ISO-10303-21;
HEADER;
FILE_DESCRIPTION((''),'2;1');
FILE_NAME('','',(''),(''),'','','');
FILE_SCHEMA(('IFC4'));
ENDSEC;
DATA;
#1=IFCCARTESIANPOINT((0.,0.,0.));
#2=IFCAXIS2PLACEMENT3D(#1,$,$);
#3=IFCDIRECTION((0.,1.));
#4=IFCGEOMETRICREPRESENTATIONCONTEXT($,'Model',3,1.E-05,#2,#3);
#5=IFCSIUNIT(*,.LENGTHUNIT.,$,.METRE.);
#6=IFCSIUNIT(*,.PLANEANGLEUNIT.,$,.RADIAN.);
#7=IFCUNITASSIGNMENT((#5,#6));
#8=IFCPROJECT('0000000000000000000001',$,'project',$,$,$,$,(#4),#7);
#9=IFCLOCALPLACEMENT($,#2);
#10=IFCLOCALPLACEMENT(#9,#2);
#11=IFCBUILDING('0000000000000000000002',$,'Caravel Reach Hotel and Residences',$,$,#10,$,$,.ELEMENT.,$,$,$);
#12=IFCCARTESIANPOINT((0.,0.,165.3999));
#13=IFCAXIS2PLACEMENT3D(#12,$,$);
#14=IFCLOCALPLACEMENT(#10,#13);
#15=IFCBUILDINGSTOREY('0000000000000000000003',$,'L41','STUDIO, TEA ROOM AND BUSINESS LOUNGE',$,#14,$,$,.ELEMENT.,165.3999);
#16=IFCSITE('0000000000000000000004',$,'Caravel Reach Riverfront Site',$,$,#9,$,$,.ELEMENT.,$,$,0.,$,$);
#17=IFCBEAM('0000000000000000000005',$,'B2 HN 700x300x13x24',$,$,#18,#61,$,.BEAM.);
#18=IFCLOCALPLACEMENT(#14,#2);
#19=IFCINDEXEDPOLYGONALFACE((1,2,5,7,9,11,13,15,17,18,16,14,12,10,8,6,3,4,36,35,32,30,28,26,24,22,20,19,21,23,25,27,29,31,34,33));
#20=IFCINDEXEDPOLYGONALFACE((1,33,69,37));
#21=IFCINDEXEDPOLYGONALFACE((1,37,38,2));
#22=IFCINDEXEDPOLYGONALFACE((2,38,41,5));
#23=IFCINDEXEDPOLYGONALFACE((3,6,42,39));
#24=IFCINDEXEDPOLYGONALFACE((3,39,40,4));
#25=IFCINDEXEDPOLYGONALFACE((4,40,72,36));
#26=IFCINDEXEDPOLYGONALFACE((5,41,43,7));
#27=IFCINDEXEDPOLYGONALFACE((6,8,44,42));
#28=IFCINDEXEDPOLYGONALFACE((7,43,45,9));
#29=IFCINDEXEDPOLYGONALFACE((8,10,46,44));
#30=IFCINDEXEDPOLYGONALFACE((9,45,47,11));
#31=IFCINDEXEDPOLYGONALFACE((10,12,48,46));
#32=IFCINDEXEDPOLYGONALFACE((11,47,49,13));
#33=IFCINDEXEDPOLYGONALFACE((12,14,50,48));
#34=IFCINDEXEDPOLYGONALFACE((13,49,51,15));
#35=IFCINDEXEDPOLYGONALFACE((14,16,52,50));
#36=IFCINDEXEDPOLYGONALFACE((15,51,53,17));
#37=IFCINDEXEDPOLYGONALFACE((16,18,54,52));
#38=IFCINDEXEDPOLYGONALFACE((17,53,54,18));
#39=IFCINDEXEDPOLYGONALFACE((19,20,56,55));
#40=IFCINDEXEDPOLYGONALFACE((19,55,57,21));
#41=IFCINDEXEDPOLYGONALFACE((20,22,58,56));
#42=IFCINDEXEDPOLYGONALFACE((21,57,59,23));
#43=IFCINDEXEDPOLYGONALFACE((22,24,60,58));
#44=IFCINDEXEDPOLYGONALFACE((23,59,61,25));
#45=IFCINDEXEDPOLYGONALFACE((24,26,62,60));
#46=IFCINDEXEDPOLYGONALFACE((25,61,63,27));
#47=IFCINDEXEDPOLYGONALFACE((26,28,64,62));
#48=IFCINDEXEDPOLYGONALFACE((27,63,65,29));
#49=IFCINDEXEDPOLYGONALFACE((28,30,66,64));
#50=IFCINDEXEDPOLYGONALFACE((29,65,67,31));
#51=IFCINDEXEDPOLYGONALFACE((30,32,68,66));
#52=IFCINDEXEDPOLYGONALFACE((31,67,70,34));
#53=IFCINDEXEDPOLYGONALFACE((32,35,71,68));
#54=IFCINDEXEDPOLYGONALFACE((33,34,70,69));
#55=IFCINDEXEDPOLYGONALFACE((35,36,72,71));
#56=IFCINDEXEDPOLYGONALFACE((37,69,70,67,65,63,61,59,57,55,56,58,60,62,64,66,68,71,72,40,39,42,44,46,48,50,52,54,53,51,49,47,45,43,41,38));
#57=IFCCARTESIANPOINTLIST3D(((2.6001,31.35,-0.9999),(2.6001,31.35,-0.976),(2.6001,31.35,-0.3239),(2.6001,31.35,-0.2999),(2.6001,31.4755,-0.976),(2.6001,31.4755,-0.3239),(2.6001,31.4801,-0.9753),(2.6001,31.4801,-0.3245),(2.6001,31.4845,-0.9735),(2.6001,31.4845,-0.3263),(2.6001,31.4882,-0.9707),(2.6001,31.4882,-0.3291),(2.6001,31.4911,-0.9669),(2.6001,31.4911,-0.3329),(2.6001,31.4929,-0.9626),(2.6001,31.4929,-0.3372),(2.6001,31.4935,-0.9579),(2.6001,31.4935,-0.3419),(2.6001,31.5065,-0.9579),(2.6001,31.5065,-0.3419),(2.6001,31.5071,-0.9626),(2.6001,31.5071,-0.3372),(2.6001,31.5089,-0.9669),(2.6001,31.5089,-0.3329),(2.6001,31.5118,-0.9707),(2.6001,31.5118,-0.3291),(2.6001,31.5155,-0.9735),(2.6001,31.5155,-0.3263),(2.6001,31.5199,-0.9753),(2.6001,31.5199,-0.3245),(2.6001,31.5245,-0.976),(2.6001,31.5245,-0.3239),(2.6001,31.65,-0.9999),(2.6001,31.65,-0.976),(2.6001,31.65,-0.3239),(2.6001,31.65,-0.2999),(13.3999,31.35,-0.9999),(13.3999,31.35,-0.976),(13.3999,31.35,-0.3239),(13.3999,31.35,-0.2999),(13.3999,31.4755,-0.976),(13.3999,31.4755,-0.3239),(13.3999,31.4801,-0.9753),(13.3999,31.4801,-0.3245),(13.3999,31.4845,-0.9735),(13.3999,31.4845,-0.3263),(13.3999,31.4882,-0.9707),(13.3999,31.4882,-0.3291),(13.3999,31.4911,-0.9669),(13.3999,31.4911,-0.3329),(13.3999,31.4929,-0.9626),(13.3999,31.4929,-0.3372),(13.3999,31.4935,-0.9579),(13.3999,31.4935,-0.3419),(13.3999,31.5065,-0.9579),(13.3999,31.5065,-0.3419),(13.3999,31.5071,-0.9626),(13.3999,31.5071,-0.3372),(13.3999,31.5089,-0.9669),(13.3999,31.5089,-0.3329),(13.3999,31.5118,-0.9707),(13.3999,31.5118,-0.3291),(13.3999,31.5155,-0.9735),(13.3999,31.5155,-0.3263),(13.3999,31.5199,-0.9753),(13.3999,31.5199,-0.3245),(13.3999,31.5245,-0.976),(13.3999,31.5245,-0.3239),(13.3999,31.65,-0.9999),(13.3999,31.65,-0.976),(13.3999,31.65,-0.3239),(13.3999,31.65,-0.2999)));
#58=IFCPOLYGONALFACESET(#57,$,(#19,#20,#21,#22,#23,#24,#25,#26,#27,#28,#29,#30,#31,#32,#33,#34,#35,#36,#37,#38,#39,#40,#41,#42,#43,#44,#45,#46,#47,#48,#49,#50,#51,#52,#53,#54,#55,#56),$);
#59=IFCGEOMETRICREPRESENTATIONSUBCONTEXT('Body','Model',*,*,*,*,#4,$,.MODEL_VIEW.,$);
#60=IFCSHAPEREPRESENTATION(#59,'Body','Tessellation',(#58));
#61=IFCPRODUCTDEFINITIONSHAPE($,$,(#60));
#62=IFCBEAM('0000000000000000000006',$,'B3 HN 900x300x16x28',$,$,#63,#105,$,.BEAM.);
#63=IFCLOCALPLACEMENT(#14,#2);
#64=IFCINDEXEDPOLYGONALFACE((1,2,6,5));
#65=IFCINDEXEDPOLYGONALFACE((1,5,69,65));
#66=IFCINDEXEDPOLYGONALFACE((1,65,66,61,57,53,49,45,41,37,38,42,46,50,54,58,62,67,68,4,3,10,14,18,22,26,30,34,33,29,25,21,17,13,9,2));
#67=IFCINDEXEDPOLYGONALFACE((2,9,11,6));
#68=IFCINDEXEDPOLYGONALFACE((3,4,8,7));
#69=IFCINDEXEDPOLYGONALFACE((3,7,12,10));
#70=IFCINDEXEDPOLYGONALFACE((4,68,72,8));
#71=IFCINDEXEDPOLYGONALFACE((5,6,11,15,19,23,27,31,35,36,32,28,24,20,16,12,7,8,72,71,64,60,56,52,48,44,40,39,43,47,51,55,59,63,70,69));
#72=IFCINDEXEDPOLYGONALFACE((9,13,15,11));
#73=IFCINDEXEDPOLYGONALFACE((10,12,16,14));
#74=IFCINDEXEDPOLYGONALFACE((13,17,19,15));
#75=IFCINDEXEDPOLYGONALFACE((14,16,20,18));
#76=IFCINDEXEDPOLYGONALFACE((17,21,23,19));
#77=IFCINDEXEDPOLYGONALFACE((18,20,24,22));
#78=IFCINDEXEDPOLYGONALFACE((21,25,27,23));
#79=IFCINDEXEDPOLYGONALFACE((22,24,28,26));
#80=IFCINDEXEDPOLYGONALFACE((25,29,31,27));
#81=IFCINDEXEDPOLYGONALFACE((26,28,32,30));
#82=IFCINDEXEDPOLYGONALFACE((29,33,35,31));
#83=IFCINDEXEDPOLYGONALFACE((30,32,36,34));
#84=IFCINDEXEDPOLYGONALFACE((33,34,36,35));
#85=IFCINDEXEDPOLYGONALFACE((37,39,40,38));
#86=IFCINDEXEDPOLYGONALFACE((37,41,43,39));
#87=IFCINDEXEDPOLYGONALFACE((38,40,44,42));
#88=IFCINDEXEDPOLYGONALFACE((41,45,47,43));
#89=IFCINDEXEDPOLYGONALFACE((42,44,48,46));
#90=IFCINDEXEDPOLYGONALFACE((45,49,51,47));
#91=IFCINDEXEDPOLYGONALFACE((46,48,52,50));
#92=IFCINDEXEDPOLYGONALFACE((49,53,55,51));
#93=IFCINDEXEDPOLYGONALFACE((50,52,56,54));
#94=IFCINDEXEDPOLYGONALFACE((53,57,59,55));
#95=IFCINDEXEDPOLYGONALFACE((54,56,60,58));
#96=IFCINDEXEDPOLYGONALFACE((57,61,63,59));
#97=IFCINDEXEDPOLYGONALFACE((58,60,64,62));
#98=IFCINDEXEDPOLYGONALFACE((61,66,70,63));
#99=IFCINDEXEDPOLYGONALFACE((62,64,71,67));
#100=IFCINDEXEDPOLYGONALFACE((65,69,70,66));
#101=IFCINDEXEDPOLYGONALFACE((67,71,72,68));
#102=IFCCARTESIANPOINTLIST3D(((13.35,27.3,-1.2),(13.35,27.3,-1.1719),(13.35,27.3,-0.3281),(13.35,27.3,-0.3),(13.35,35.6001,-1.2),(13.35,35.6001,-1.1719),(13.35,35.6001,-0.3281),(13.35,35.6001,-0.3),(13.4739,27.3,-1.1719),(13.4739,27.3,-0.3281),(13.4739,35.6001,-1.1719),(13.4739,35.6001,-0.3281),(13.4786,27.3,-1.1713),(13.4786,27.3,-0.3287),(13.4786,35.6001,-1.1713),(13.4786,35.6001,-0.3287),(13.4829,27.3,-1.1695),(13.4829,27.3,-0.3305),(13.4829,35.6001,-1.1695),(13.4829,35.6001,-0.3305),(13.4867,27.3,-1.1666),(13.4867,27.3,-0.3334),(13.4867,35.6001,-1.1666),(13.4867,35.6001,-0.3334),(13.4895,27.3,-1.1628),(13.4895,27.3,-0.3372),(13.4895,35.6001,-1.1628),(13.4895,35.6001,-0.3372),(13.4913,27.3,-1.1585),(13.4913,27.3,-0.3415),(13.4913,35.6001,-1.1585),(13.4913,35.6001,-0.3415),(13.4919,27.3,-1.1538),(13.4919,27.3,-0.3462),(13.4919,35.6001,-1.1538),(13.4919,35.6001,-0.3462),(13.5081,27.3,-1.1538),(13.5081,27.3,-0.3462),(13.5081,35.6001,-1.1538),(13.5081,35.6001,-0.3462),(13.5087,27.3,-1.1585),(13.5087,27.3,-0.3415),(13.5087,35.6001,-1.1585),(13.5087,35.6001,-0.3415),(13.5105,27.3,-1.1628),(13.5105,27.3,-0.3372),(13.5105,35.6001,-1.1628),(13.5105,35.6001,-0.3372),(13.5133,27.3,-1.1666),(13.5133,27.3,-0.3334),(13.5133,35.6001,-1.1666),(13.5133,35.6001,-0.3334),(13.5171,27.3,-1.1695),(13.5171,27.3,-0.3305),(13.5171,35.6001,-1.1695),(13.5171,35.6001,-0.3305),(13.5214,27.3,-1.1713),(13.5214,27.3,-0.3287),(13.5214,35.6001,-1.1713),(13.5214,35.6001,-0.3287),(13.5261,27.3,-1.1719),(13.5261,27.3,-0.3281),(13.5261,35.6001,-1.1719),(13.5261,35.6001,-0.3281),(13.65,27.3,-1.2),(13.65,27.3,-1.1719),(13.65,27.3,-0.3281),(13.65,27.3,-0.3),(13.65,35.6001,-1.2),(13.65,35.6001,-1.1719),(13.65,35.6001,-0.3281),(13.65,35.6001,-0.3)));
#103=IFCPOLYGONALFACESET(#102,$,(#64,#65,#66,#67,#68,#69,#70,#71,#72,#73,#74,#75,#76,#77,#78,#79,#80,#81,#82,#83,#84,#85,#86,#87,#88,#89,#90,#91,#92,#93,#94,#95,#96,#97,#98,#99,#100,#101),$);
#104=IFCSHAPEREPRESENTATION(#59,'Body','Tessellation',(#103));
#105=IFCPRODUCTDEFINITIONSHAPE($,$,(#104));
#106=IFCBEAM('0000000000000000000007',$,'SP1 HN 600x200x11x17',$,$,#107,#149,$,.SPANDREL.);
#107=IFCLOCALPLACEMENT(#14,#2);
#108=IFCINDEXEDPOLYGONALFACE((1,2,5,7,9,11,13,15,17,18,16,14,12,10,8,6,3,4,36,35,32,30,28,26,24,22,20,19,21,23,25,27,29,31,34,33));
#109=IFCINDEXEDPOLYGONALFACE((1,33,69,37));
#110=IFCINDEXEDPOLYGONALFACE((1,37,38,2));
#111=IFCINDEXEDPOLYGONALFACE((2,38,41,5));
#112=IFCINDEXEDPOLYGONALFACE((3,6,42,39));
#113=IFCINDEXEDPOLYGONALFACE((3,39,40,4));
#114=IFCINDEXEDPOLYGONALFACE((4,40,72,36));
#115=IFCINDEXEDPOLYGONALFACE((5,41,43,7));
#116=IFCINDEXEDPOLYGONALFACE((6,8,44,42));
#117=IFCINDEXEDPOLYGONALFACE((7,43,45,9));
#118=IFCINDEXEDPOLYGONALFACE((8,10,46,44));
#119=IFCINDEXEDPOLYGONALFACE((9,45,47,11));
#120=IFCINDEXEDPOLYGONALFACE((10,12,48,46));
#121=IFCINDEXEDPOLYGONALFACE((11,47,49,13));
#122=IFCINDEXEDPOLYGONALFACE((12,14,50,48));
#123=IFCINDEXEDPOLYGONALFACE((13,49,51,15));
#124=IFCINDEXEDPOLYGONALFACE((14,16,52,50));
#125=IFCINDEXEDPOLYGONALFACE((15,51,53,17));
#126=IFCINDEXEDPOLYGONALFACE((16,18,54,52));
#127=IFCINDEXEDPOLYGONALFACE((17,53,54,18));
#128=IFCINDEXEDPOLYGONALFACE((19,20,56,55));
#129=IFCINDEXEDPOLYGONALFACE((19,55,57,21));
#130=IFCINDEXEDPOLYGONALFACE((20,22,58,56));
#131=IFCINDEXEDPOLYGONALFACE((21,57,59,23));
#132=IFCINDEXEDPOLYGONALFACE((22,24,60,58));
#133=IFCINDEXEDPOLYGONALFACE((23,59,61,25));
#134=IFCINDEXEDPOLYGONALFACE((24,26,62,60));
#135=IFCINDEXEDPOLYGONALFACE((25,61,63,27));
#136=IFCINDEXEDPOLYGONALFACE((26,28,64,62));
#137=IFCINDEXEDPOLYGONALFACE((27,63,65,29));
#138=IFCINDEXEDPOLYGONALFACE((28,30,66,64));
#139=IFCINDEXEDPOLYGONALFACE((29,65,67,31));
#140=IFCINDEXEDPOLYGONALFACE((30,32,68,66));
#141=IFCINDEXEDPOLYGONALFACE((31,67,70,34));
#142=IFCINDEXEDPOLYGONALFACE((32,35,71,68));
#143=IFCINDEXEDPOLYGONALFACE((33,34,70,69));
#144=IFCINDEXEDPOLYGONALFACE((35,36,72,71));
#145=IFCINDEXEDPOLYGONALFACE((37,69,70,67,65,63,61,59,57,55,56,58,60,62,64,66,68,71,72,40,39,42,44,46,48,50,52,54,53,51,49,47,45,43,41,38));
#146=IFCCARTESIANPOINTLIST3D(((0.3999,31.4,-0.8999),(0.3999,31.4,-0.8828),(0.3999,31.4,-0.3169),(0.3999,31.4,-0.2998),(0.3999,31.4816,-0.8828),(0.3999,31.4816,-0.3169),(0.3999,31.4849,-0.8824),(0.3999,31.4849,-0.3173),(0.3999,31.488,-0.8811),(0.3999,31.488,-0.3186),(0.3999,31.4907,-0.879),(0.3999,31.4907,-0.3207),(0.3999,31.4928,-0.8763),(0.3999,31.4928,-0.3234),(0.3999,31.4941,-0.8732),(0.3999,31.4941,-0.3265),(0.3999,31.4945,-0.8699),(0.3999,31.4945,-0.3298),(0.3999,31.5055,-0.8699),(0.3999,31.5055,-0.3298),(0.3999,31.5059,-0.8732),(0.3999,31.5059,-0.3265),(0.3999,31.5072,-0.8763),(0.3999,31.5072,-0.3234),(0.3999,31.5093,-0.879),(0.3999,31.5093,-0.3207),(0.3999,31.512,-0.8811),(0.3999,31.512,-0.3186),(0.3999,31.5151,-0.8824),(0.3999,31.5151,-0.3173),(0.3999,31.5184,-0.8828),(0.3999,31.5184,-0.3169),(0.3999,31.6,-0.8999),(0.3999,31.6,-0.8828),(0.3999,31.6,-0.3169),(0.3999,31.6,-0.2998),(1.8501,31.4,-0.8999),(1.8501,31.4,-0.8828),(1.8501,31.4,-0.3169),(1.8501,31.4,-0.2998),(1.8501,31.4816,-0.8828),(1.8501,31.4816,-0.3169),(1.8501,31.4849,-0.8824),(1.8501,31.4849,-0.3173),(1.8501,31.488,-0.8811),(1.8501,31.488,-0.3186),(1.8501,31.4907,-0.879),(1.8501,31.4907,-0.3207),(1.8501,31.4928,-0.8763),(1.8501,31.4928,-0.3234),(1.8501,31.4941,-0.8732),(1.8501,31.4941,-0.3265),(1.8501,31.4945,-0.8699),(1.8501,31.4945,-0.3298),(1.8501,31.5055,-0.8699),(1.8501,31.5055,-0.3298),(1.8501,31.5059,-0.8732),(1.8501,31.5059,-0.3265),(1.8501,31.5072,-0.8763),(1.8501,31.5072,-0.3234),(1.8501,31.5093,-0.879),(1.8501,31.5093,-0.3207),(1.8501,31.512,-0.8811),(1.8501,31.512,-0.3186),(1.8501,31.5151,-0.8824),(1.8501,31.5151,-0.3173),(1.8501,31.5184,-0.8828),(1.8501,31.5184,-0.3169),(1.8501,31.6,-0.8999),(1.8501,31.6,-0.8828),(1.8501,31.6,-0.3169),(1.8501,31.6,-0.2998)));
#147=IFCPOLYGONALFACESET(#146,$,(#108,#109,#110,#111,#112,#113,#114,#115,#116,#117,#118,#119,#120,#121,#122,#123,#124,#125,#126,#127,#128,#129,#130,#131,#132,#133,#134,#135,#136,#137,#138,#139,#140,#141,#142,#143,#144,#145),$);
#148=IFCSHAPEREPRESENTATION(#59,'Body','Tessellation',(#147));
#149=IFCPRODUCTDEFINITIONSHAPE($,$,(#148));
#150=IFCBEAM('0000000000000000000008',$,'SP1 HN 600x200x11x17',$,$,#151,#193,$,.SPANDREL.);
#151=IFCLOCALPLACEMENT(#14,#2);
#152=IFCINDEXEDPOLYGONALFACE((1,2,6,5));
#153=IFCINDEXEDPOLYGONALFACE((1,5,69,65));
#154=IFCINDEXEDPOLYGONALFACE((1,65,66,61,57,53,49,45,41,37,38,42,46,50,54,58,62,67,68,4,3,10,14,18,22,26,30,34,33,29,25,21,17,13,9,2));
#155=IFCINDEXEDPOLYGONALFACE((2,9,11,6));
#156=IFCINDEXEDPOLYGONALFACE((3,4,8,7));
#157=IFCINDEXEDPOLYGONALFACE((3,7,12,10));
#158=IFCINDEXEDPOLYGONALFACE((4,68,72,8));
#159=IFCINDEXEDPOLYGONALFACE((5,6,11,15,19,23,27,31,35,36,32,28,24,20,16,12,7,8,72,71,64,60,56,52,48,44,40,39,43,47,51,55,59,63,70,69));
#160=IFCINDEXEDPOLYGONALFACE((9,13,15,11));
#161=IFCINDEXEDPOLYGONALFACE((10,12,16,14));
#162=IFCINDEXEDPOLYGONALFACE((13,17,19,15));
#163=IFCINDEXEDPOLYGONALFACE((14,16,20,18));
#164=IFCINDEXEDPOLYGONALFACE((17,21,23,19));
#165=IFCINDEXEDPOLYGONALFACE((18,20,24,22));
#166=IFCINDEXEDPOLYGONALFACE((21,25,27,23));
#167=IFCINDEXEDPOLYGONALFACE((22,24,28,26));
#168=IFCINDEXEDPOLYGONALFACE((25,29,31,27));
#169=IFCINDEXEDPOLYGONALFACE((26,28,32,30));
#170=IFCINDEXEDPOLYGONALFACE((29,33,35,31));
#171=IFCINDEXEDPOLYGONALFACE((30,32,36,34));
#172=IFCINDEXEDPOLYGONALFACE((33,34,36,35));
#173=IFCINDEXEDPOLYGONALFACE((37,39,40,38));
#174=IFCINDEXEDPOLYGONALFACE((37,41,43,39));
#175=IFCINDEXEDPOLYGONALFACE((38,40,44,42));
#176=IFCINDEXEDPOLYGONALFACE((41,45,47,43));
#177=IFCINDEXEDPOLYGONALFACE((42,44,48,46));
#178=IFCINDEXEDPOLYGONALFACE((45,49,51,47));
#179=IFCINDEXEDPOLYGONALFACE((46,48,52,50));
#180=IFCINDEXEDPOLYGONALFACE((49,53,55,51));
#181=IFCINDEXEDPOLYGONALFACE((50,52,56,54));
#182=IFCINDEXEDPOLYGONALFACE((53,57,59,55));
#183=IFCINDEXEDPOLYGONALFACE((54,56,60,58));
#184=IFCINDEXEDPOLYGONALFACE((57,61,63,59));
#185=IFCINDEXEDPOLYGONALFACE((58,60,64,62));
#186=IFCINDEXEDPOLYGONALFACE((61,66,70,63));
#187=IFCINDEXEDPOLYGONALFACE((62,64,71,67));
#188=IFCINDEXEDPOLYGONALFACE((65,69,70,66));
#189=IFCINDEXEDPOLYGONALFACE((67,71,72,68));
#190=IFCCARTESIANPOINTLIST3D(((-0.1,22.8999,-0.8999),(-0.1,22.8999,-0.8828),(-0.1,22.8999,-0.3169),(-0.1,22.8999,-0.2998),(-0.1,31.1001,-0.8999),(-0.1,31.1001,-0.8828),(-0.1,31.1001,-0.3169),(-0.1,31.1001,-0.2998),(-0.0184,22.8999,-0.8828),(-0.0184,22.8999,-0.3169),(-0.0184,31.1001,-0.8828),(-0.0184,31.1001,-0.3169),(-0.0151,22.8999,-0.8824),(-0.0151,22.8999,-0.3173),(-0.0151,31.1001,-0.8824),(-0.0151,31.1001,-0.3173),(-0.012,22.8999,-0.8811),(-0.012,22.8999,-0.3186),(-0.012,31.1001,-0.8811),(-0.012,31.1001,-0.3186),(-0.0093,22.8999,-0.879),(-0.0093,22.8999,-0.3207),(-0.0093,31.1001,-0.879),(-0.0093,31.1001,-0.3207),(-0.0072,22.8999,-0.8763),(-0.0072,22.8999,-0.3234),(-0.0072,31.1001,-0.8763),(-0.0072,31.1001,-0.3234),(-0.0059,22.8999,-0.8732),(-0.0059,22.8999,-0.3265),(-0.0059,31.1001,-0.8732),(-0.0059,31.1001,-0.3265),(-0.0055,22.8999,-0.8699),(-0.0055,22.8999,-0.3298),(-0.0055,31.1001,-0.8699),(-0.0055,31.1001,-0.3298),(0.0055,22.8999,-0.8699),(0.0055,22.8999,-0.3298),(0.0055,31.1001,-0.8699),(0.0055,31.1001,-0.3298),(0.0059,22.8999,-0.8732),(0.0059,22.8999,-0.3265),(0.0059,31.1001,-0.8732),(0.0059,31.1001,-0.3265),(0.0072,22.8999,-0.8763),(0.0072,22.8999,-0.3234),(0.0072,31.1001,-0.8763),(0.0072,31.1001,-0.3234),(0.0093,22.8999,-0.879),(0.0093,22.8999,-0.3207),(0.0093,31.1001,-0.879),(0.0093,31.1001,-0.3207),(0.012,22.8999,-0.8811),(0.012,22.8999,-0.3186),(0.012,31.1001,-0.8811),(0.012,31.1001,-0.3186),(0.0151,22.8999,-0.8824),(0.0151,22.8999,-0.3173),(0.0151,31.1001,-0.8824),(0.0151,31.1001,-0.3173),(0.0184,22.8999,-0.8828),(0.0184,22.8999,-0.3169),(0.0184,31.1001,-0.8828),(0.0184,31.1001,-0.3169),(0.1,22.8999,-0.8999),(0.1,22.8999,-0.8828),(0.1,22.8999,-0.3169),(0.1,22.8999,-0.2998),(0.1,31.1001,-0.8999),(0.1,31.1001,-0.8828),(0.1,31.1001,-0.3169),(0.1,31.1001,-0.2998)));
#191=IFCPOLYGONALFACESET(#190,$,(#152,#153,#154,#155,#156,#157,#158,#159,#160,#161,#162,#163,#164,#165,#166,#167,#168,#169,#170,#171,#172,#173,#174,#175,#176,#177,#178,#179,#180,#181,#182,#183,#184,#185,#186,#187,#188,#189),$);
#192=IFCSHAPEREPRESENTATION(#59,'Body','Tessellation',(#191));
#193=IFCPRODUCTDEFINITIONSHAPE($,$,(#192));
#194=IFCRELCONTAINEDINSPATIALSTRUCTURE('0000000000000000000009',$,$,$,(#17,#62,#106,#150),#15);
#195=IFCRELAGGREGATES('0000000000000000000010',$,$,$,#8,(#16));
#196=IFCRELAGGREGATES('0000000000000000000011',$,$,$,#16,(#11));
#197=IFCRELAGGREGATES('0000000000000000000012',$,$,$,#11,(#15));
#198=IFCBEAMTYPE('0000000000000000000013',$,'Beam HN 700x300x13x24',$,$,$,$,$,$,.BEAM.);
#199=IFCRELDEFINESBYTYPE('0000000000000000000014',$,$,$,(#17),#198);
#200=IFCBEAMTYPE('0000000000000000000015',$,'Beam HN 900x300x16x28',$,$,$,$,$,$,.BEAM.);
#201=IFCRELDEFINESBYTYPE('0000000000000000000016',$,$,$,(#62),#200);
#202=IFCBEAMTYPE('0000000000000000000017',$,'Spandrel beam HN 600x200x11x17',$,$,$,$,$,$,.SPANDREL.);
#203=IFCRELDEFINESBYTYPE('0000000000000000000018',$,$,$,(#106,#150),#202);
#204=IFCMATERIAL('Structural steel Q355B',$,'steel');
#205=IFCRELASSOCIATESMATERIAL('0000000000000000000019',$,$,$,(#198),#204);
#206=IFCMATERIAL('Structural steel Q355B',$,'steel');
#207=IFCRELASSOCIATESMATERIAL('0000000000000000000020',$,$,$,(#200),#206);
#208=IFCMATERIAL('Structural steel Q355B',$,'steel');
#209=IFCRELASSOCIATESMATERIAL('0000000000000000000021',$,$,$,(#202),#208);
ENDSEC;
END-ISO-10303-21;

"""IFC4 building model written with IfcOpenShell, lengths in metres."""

from ifc_helpers import new_model, si_unit, direction, frame, origin, origin_2d, place, context, subcontext, project, spatial, i_section, extrude, material, material_profile, profile_set, type_object, element, save


model = new_model("IFC4")

# Units and contexts
model_context = context("Model", 3, precision=1e-05, world=origin(), true_north=direction((0.0, 1.0)))
body_context = subcontext(model_context, "Body", "Model", "MODEL_VIEW")
ifc_project = project(units=[si_unit("LENGTHUNIT", "METRE"), si_unit("PLANEANGLEUNIT", "RADIAN")], contexts=[model_context])

# Site, building, storey
site_placement = place(None, origin())
site = spatial("IfcSite", under=ifc_project, at=site_placement, Name="Caravel Reach Riverfront Site", CompositionType="ELEMENT", RefElevation=0.0)
building_placement = place(site_placement, origin())
building = spatial("IfcBuilding", under=site, at=building_placement, Name="Caravel Reach Hotel and Residences", CompositionType="ELEMENT")
storey_placement = place(building_placement, frame((0.0, 0.0, 165.3999)))
storey = spatial("IfcBuildingStorey", under=building, at=storey_placement, Name="L41", Description="STUDIO, TEA ROOM AND BUSINESS LOUNGE", CompositionType="ELEMENT", Elevation=165.3999)

# Beams
ifc_material_1 = material(Name="Structural steel Q355B", Category="steel")
ifc_material_profile_1 = material_profile(ifc_material_1, i_section(OverallWidth=0.3, OverallDepth=0.7, WebThickness=0.0129, FlangeThickness=0.0239, FilletRadius=0.0181, at=origin_2d()), Name="HN 700x300x13x24")
ifc_profile_set_1 = profile_set([ifc_material_profile_1], Name="Structural steel Q355B")
beam_type_1 = type_object("IfcBeamType", Name="Beam HN 700x300x13x24", PredefinedType="BEAM", material=ifc_profile_set_1)
beam_1_placement = place(storey_placement, frame((13.3999, 31.5, -0.6499), z_axis=(-1.0, 0.0, 0.0), x_axis=(0.0, -1.0, 0.0)))
element("IfcBeam", 1, at=beam_1_placement, inside=storey, type_object=beam_type_1, Name="B2 HN 700x300x13x24", PredefinedType="BEAM", context=body_context, shape_type="SweptSolid", body=[
    extrude(i_section(OverallWidth=0.3, OverallDepth=0.7, WebThickness=0.0129, FlangeThickness=0.0239, FilletRadius=0.0181, at=origin_2d()), origin(), (0.0, 0.0, 1.0), 10.7998),
])
ifc_material_2 = material(Name="Structural steel Q355B", Category="steel")
ifc_material_profile_2 = material_profile(ifc_material_2, i_section(OverallWidth=0.3, OverallDepth=0.8999, WebThickness=0.0161, FlangeThickness=0.0281, FilletRadius=0.0181, at=origin_2d()), Name="HN 900x300x16x28")
ifc_profile_set_2 = profile_set([ifc_material_profile_2], Name="Structural steel Q355B")
beam_type_2 = type_object("IfcBeamType", Name="Beam HN 900x300x16x28", PredefinedType="BEAM", material=ifc_profile_set_2)
beam_2_placement = place(storey_placement, frame((13.5, 27.3, -0.75), z_axis=(0.0, 1.0, 0.0), x_axis=(-1.0, 0.0, 0.0)))
element("IfcBeam", 2, at=beam_2_placement, inside=storey, type_object=beam_type_2, Name="B3 HN 900x300x16x28", PredefinedType="BEAM", context=body_context, shape_type="SweptSolid", body=[
    extrude(i_section(OverallWidth=0.3, OverallDepth=0.8999, WebThickness=0.0161, FlangeThickness=0.0281, FilletRadius=0.0181, at=origin_2d()), origin(), (0.0, 0.0, 1.0), 8.3),
])
ifc_material_3 = material(Name="Structural steel Q355B", Category="steel")
ifc_material_profile_3 = material_profile(ifc_material_3, i_section(OverallWidth=0.2, OverallDepth=0.6001, WebThickness=0.011, FlangeThickness=0.0171, FilletRadius=0.0129, at=origin_2d()), Name="HN 600x200x11x17")
ifc_profile_set_3 = profile_set([ifc_material_profile_3], Name="Structural steel Q355B")
beam_type_3 = type_object("IfcBeamType", Name="Spandrel beam HN 600x200x11x17", PredefinedType="SPANDREL", material=ifc_profile_set_3)
beam_3_placement = place(storey_placement, frame((1.8501, 31.5, -0.5999), z_axis=(-1.0, 0.0, 0.0), x_axis=(0.0, -1.0, 0.0)))
element("IfcBeam", 3, at=beam_3_placement, inside=storey, type_object=beam_type_3, Name="SP1 HN 600x200x11x17", PredefinedType="SPANDREL", context=body_context, shape_type="SweptSolid", body=[
    extrude(i_section(OverallWidth=0.2, OverallDepth=0.6001, WebThickness=0.011, FlangeThickness=0.0171, FilletRadius=0.0129, at=origin_2d()), origin(), (0.0, 0.0, 1.0), 1.4502),
])
beam_4_placement = place(storey_placement, frame((0.0, 31.1001, -0.5999), z_axis=(0.0, -1.0, 0.0), x_axis=(1.0, 0.0, 0.0)))
element("IfcBeam", 4, at=beam_4_placement, inside=storey, type_object=beam_type_3, Name="SP1 HN 600x200x11x17", PredefinedType="SPANDREL", context=body_context, shape_type="SweptSolid", body=[
    extrude(i_section(OverallWidth=0.2, OverallDepth=0.6001, WebThickness=0.011, FlangeThickness=0.0171, FilletRadius=0.0129, at=origin_2d()), origin(), (0.0, 0.0, 1.0), 8.2002),
])

save(model, "model.ifc")
